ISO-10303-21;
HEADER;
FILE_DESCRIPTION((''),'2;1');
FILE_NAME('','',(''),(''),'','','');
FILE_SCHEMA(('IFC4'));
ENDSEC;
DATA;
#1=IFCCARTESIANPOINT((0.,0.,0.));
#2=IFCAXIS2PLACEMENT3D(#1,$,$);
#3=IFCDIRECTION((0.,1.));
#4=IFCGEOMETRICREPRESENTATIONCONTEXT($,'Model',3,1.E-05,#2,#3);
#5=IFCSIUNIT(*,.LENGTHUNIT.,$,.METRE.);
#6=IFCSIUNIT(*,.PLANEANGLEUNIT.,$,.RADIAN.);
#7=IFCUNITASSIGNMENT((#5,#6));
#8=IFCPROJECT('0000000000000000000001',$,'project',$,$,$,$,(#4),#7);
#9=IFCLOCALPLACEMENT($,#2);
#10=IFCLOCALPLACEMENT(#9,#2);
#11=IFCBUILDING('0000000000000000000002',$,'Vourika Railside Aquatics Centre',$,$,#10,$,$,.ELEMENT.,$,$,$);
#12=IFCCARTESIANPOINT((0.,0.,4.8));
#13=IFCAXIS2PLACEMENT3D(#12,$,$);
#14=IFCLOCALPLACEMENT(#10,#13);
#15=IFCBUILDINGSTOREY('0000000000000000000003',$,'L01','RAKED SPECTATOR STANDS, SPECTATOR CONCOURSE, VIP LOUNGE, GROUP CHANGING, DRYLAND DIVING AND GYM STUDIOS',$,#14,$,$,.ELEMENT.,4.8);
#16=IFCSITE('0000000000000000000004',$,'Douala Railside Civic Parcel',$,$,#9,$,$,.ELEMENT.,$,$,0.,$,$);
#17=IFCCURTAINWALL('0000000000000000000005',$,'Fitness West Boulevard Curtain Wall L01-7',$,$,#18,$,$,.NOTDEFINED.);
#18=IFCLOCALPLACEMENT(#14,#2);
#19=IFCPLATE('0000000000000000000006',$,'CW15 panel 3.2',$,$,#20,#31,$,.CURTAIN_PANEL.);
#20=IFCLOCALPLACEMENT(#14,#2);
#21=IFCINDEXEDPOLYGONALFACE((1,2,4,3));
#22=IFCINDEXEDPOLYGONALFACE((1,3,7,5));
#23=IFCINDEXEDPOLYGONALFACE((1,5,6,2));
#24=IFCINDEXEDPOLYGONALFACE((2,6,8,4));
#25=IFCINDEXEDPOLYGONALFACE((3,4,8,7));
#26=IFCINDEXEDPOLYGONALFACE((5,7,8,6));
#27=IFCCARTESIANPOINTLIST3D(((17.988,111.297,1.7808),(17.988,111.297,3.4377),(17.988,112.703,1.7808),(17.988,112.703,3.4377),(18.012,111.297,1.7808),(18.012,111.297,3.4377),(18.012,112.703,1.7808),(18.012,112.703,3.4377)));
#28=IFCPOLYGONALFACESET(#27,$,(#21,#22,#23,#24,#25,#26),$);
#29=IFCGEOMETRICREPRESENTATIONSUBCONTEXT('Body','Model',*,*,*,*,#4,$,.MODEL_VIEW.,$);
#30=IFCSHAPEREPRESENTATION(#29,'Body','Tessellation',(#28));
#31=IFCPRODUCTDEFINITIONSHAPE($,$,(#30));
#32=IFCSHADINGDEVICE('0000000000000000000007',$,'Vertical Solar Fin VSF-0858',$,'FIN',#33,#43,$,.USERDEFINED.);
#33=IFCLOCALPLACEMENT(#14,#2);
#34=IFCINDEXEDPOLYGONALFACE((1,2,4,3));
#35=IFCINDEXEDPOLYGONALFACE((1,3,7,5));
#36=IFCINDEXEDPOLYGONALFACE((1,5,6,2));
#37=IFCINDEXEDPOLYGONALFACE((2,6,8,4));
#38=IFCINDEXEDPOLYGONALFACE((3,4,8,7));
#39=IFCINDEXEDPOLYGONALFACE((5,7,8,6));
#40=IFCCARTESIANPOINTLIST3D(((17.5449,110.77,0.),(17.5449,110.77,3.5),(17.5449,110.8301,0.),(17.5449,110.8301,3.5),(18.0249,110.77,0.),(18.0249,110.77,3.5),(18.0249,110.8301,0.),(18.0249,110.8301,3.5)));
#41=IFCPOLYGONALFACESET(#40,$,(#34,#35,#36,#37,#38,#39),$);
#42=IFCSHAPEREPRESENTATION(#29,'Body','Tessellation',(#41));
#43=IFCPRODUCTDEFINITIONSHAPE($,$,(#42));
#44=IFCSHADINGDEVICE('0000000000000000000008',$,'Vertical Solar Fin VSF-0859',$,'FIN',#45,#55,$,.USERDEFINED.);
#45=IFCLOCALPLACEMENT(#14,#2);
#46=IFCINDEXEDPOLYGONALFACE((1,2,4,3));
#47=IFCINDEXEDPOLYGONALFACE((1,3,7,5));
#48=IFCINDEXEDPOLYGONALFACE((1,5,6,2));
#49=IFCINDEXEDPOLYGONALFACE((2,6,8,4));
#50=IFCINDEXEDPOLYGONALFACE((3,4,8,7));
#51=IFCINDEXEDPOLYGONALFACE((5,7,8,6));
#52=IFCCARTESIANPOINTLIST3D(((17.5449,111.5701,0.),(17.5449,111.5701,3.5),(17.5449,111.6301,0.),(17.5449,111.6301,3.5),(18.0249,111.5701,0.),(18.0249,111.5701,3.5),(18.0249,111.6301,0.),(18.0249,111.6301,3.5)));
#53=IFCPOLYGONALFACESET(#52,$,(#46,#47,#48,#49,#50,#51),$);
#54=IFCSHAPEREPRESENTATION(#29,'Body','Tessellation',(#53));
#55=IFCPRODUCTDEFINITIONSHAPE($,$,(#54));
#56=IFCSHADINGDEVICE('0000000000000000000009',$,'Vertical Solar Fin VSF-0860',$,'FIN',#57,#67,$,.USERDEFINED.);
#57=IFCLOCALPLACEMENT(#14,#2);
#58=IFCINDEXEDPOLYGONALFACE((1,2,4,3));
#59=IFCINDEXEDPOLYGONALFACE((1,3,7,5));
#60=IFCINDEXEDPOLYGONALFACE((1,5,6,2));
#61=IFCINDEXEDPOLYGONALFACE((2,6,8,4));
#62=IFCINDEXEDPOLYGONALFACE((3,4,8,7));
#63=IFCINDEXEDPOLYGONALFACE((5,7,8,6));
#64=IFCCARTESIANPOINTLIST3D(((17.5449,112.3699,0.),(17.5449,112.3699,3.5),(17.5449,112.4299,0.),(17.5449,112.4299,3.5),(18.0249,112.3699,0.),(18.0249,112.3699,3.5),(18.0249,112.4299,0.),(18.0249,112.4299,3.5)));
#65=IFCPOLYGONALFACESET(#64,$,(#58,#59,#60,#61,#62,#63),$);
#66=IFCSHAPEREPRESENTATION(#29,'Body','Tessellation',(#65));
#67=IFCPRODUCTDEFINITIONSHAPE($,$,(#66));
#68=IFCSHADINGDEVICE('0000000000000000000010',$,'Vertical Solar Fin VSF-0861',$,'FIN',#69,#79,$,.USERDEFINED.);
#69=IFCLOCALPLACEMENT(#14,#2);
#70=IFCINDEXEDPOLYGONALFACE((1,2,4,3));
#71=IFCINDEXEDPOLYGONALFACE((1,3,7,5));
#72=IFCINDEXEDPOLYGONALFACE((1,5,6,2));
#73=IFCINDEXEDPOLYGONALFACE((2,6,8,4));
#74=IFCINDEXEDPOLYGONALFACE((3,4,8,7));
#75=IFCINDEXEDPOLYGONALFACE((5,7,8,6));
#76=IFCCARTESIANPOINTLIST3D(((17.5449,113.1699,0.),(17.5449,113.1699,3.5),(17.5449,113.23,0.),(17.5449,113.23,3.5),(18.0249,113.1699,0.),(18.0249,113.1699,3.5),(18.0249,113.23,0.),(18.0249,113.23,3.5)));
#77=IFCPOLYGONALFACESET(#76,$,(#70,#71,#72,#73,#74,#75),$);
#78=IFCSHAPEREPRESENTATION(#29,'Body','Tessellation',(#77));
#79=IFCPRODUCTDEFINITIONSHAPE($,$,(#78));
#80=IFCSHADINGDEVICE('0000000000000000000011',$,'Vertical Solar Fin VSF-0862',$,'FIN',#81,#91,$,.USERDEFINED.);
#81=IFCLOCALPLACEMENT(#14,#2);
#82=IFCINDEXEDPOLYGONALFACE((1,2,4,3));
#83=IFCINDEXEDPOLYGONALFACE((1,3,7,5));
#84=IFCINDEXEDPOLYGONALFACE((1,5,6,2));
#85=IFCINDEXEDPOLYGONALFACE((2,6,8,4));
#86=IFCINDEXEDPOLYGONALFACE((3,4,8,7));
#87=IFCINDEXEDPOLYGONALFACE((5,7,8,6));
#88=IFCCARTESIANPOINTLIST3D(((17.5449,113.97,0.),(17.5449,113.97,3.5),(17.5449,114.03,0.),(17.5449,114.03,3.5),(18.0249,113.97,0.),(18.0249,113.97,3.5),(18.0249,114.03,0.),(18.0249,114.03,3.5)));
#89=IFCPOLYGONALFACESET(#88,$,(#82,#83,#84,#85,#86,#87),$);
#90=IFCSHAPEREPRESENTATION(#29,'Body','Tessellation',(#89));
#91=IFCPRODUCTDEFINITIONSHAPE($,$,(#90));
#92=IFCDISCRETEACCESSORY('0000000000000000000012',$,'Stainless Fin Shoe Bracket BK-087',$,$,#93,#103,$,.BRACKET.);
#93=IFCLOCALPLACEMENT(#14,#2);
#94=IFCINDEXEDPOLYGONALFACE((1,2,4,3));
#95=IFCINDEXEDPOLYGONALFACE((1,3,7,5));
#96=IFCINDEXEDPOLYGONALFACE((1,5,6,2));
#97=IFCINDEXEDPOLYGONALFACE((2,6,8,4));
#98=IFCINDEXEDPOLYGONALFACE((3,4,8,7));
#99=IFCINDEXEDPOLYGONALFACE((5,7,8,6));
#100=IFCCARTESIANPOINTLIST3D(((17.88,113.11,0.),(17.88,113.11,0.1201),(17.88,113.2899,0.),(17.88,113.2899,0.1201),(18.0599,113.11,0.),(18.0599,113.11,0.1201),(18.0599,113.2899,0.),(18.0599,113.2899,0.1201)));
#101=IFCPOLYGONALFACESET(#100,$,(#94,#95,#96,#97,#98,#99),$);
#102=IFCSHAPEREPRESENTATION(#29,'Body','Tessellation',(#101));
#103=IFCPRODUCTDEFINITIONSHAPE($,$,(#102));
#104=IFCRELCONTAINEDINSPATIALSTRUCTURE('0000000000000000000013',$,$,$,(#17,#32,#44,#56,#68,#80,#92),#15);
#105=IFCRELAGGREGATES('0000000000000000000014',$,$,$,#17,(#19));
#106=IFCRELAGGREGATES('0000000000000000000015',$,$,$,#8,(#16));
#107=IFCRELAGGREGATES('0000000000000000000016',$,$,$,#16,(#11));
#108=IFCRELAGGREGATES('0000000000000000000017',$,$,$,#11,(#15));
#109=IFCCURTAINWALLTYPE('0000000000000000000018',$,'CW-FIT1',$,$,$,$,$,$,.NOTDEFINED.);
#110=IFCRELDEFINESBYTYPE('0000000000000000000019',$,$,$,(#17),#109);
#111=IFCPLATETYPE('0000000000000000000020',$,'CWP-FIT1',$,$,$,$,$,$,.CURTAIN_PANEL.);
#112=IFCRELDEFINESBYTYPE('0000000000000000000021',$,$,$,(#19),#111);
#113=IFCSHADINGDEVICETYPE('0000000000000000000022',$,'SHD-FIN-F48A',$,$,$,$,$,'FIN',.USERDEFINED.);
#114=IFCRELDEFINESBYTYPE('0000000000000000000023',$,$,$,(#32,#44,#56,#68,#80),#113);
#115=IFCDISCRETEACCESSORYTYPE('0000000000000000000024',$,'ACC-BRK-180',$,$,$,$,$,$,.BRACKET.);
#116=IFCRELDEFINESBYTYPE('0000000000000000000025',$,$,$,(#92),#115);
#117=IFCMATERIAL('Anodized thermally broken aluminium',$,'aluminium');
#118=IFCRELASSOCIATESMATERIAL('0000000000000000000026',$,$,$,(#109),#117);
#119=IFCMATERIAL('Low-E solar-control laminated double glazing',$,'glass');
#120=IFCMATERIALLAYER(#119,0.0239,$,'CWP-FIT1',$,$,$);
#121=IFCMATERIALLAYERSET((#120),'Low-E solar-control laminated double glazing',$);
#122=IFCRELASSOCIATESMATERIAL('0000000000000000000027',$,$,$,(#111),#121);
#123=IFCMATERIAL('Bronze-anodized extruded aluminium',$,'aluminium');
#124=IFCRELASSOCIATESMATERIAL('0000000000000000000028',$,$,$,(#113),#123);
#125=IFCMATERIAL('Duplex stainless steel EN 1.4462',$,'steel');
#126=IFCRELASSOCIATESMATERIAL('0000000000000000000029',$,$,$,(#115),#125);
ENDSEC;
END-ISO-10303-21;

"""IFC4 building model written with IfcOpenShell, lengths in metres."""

from ifc_helpers import new_model, si_unit, direction, frame, origin, origin_2d, place, context, subcontext, project, spatial, rectangle, extrude, material, layer, layer_set, material_profile, profile_set, type_object, element, aggregate, save


model = new_model("IFC4")

# Units and contexts
model_context = context("Model", 3, precision=1e-05, world=origin(), true_north=direction((0.0, 1.0)))
body_context = subcontext(model_context, "Body", "Model", "MODEL_VIEW")
ifc_project = project(units=[si_unit("LENGTHUNIT", "METRE"), si_unit("PLANEANGLEUNIT", "RADIAN")], contexts=[model_context])

# Site, building, storey
site_placement = place(None, origin())
site = spatial("IfcSite", under=ifc_project, at=site_placement, Name="Douala Railside Civic Parcel", CompositionType="ELEMENT", RefElevation=0.0)
building_placement = place(site_placement, origin())
building = spatial("IfcBuilding", under=site, at=building_placement, Name="Vourika Railside Aquatics Centre", CompositionType="ELEMENT")
storey_placement = place(building_placement, frame((0.0, 0.0, 4.8)))
storey = spatial("IfcBuildingStorey", under=building, at=storey_placement, Name="L01", Description="RAKED SPECTATOR STANDS, SPECTATOR CONCOURSE, VIP LOUNGE, GROUP CHANGING, DRYLAND DIVING AND GYM STUDIOS", CompositionType="ELEMENT", Elevation=4.8)

# Curtain wall, plate
ifc_material_1 = material(Name="Anodized thermally broken aluminium", Category="aluminium")
curtain_wall_type = type_object("IfcCurtainWallType", Name="CW-FIT1", PredefinedType="NOTDEFINED", material=ifc_material_1)
curtain_wall_placement = place(storey_placement, origin())
curtain_wall = element("IfcCurtainWall", 1, at=curtain_wall_placement, inside=storey, type_object=curtain_wall_type, Name="Fitness West Boulevard Curtain Wall L01-7", PredefinedType="NOTDEFINED")
ifc_material_2 = material(Name="Low-E solar-control laminated double glazing", Category="glass")
ifc_layer = layer(ifc_material_2, 0.0239, Name="CWP-FIT1")
ifc_layer_set = layer_set([ifc_layer], Name="Low-E solar-control laminated double glazing")
plate_type = type_object("IfcPlateType", Name="CWP-FIT1", PredefinedType="CURTAIN_PANEL", material=ifc_layer_set)
plate_1_placement = place(storey_placement, frame((18.0, 112.0, 1.7808), z_axis=(0.0, 0.0, 1.0), x_axis=(0.0, -1.0, 0.0)))
plate_1 = element("IfcPlate", 2, at=plate_1_placement, type_object=plate_type, Name="CW15 panel 3.2", PredefinedType="CURTAIN_PANEL", context=body_context, shape_type="SweptSolid", body=[
    extrude(rectangle(XDim=1.406, YDim=0.0239, at=origin_2d()), origin(), (0.0, 0.0, 1.0), 1.657),
])
aggregate(curtain_wall, [plate_1])

# Shared definitions
ifc_material_3 = material(Name="Duplex stainless steel EN 1.4462", Category="steel")

# Shading devices
ifc_material_4 = material(Name="Bronze-anodized extruded aluminium", Category="aluminium")
ifc_material_profile_1 = material_profile(ifc_material_4, rectangle(XDim=0.0601, YDim=0.48, at=origin_2d()), Name="ALU-FIN 60x480")
ifc_profile_set_1 = profile_set([ifc_material_profile_1], Name="Bronze-anodized extruded aluminium")
shading_device_type = type_object("IfcShadingDeviceType", Name="SHD-FIN-F48A", ElementType="FIN", PredefinedType="USERDEFINED", material=ifc_profile_set_1)
for number, where, z_axis, x_axis, name in (
    (3, (17.7849, 110.8, 0.0), (0.0, 0.0, 1.0), (0.0, 1.0, 0.0), "Vertical Solar Fin VSF-0858"),
    (4, (17.7849, 111.6001, 0.0), (0.0, 0.0, 1.0), (0.0, 1.0, 0.0), "Vertical Solar Fin VSF-0859"),
    (5, (17.7849, 112.3999, 0.0), (0.0, 0.0, 1.0), (0.0, 1.0, 0.0), "Vertical Solar Fin VSF-0860"),
    (6, (17.7849, 113.2, 0.0), (0.0, 0.0, 1.0), (0.0, 1.0, 0.0), "Vertical Solar Fin VSF-0861"),
    (7, (17.7849, 114.0, 0.0), (0.0, 0.0, 1.0), (0.0, 1.0, 0.0), "Vertical Solar Fin VSF-0862"),
):
    element("IfcShadingDevice", number, at=place(storey_placement, frame(where, z_axis=z_axis, x_axis=x_axis)), inside=storey, type_object=shading_device_type, Name=name, ObjectType="FIN", PredefinedType="USERDEFINED", context=body_context, shape_type="SweptSolid", body=[
        extrude(rectangle(XDim=0.0601, YDim=0.48, at=origin_2d()), origin(), (0.0, 0.0, 1.0), 3.5),
    ])

# Discrete accessory
discrete_accessory_type = type_object("IfcDiscreteAccessoryType", Name="ACC-BRK-180", PredefinedType="BRACKET", material=ifc_material_3)
discrete_accessory_placement = place(storey_placement, frame((17.97, 113.2, 0.0), z_axis=(0.0, 0.0, 1.0), x_axis=(-1.0, 0.0, 0.0)))
element("IfcDiscreteAccessory", 8, at=discrete_accessory_placement, inside=storey, type_object=discrete_accessory_type, Name="Stainless Fin Shoe Bracket BK-087", PredefinedType="BRACKET", context=body_context, shape_type="SweptSolid", body=[
    extrude(rectangle(XDim=0.1799, YDim=0.1799, at=origin_2d()), origin(), (0.0, 0.0, 1.0), 0.1201),
])

save(model, "model.ifc")
